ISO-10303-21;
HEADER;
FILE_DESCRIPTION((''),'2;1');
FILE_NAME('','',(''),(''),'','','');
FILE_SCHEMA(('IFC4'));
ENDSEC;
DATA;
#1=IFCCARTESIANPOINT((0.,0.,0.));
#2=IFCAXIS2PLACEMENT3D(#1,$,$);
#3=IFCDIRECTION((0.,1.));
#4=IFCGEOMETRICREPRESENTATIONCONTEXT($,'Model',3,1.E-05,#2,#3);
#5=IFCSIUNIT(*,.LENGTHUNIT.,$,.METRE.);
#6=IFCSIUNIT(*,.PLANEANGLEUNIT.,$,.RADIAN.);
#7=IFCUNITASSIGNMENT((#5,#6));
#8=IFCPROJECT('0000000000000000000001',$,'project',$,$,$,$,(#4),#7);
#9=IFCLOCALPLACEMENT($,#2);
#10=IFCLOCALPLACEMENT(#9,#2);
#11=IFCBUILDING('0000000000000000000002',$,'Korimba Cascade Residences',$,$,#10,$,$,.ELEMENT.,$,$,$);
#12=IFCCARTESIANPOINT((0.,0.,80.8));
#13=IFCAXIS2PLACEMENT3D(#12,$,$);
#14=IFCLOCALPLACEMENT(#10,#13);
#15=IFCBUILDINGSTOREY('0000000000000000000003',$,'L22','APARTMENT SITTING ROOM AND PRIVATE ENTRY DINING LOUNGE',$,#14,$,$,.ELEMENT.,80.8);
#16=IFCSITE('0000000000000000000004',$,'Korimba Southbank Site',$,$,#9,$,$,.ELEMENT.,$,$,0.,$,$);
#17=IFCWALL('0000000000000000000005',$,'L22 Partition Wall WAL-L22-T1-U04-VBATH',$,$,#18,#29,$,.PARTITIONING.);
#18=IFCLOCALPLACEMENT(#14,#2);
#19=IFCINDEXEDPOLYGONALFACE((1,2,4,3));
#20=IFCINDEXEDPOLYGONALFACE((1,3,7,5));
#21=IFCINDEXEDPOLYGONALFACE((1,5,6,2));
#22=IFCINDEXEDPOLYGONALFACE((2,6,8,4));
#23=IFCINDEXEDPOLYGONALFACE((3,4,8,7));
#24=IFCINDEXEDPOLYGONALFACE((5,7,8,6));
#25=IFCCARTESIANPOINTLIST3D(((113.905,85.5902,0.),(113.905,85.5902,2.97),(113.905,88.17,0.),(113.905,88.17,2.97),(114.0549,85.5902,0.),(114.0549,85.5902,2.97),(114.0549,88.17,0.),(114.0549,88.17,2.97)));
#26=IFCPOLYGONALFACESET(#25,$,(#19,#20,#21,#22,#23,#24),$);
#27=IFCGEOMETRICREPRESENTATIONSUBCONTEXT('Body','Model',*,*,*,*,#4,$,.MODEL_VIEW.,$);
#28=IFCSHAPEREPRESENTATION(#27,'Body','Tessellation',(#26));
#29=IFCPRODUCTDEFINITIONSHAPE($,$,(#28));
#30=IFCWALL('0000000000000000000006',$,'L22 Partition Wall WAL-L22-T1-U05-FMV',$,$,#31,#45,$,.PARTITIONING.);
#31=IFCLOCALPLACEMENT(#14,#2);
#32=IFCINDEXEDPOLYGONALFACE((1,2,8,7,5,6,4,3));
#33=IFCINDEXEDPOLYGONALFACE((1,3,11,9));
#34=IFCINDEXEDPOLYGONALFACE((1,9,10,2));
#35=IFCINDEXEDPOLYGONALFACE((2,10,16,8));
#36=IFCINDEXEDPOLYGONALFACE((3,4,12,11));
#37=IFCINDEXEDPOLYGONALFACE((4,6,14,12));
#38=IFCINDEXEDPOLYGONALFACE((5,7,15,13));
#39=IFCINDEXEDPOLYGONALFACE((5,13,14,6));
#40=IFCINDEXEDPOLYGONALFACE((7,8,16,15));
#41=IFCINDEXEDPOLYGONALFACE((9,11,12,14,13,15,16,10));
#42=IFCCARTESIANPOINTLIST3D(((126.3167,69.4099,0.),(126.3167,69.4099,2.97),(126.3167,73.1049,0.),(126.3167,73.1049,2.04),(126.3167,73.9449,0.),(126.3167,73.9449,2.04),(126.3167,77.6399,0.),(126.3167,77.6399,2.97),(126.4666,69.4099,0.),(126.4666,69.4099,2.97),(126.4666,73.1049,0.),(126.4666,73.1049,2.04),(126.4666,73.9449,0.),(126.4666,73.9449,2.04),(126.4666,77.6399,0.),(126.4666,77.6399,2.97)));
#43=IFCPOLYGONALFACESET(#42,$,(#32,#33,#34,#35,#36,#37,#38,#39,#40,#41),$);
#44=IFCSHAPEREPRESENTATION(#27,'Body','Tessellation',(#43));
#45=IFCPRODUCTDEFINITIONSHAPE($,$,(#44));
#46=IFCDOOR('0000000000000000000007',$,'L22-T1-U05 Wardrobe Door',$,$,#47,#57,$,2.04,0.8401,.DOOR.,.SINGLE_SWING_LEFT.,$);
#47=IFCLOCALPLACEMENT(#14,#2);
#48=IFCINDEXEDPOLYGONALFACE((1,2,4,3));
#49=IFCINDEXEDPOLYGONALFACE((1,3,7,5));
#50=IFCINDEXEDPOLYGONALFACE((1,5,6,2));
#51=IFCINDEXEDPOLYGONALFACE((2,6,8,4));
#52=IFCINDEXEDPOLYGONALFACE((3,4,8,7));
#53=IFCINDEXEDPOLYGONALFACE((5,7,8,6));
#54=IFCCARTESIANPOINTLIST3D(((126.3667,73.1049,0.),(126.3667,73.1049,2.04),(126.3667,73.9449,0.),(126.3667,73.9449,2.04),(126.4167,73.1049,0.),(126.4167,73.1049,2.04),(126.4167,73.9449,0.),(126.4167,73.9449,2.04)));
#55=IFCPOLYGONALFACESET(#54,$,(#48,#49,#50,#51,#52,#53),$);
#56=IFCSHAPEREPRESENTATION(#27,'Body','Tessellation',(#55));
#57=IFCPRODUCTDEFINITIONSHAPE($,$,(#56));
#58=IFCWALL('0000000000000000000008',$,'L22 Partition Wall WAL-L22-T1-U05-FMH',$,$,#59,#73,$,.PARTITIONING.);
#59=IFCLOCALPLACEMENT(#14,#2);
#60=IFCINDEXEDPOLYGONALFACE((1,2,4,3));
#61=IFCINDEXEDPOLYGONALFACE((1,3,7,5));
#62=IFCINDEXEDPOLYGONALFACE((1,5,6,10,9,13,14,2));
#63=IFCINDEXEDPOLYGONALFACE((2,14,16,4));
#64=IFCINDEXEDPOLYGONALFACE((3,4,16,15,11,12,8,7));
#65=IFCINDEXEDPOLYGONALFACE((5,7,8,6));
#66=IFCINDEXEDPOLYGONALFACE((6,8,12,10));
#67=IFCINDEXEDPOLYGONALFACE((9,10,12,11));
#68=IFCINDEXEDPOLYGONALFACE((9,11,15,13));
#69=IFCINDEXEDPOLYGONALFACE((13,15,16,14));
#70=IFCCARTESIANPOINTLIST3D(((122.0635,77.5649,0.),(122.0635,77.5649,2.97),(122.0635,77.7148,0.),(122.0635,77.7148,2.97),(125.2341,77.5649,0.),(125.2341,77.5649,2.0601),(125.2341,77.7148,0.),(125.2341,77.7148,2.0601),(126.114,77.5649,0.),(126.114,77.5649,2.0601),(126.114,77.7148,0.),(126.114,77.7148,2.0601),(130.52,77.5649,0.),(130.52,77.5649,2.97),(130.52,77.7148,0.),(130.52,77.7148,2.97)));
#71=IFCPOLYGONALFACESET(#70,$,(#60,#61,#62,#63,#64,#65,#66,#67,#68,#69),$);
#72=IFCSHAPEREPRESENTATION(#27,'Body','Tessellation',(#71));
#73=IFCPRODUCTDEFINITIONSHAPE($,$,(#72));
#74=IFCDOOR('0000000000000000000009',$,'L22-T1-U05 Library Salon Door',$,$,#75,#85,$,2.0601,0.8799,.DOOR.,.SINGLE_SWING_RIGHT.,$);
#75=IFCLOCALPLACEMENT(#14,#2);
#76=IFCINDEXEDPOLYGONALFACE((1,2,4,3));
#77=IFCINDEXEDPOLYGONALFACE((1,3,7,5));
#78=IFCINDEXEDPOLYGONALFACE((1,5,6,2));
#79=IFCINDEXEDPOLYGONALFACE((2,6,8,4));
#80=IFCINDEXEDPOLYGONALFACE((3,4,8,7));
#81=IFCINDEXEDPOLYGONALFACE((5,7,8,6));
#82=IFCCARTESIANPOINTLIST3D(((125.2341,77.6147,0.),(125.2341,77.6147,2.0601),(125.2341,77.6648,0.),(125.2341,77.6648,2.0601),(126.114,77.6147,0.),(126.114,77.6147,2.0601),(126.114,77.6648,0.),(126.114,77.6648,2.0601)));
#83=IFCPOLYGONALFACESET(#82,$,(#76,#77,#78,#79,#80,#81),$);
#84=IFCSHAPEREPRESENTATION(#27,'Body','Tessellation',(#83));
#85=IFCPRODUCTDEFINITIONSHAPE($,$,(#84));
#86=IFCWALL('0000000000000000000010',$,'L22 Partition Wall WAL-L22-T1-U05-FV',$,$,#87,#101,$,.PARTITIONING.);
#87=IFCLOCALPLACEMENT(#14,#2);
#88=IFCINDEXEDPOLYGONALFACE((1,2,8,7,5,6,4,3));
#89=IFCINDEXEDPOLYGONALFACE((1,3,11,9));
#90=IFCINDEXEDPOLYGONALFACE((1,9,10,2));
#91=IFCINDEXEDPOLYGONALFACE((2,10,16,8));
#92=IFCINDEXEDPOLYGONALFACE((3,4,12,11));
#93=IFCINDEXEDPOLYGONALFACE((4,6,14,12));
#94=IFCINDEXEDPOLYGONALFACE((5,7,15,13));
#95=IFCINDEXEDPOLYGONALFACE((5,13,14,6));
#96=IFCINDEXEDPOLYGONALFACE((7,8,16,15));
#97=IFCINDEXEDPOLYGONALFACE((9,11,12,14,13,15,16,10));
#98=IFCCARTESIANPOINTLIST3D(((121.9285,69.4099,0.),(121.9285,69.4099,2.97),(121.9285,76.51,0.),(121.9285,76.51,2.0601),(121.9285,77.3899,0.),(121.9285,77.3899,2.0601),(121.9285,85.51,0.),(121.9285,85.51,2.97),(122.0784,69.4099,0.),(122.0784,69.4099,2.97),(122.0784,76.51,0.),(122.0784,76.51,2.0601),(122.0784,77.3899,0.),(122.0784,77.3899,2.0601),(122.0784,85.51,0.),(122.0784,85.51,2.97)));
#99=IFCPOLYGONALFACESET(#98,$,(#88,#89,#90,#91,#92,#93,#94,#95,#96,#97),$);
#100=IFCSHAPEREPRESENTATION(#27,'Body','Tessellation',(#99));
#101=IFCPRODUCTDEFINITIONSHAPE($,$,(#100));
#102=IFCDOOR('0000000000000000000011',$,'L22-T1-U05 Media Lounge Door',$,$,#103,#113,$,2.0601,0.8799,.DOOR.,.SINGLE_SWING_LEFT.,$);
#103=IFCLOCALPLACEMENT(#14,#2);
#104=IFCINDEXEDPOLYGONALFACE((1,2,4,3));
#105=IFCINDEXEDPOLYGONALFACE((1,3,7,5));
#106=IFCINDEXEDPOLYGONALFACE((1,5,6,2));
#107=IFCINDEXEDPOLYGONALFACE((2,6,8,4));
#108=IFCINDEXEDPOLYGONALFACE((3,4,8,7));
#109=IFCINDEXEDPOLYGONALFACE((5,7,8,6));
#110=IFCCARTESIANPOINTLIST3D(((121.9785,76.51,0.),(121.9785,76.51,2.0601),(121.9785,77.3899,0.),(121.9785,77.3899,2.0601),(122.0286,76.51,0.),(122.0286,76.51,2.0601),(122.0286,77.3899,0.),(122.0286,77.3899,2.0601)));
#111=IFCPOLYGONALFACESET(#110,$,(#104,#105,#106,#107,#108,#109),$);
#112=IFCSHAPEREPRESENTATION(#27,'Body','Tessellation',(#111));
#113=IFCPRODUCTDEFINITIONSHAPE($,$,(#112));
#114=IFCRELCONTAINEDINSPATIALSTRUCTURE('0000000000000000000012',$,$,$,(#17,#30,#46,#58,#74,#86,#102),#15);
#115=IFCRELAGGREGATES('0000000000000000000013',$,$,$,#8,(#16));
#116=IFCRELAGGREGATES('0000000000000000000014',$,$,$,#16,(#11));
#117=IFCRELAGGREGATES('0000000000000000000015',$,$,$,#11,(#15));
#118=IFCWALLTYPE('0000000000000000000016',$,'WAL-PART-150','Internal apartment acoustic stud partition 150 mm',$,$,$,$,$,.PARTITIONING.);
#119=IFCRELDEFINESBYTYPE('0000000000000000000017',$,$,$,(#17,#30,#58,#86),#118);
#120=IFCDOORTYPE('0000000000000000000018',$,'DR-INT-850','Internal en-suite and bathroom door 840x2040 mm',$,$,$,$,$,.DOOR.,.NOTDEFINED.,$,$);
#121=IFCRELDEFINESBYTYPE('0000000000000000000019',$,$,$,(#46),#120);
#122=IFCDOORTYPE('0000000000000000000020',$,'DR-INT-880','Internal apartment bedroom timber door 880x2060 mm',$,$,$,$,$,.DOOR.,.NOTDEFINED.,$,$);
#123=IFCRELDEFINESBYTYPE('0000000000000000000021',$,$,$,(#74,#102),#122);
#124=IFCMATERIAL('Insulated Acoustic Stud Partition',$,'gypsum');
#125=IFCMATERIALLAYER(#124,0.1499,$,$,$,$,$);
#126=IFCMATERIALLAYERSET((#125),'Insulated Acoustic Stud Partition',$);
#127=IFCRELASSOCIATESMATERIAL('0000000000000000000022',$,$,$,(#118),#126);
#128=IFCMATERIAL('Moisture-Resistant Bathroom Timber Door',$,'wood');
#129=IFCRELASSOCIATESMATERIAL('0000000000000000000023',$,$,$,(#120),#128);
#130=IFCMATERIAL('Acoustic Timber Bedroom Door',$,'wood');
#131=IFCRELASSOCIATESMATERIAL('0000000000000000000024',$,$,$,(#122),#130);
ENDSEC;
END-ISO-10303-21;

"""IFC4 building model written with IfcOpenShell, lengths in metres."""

from ifc_helpers import new_model, si_unit, direction, frame, frame_2d, origin, place, context, subcontext, project, spatial, rectangle, extrude, material, layer, layer_set, type_object, element, fill, save


model = new_model("IFC4")

# Units and contexts
model_context = context("Model", 3, precision=1e-05, world=origin(), true_north=direction((0.0, 1.0)))
body_context = subcontext(model_context, "Body", "Model", "MODEL_VIEW")
ifc_project = project(units=[si_unit("LENGTHUNIT", "METRE"), si_unit("PLANEANGLEUNIT", "RADIAN")], contexts=[model_context])

# Site, building, storey
site_placement = place(None, origin())
site = spatial("IfcSite", under=ifc_project, at=site_placement, Name="Korimba Southbank Site", CompositionType="ELEMENT", RefElevation=0.0)
building_placement = place(site_placement, origin())
building = spatial("IfcBuilding", under=site, at=building_placement, Name="Korimba Cascade Residences", CompositionType="ELEMENT")
storey_placement = place(building_placement, frame((0.0, 0.0, 80.8)))
storey = spatial("IfcBuildingStorey", under=building, at=storey_placement, Name="L22", Description="APARTMENT SITTING ROOM AND PRIVATE ENTRY DINING LOUNGE", CompositionType="ELEMENT", Elevation=80.8)

# Wall
ifc_material_1 = material(Name="Insulated Acoustic Stud Partition", Category="gypsum")
ifc_layer_1 = layer(ifc_material_1, 0.1499)
ifc_layer_set_1 = layer_set([ifc_layer_1], Name="Insulated Acoustic Stud Partition")
wall_type_1 = type_object("IfcWallType", Name="WAL-PART-150", Description="Internal apartment acoustic stud partition 150 mm", PredefinedType="PARTITIONING", material=ifc_layer_set_1)
wall_1_placement = place(storey_placement, frame((113.98, 85.5901, 0.0), z_axis=(0.0, 0.0, 1.0), x_axis=(0.0, 1.0, 0.0)))
element("IfcWall", 1, at=wall_1_placement, inside=storey, type_object=wall_type_1, Name="L22 Partition Wall WAL-L22-T1-U04-VBATH", PredefinedType="PARTITIONING", context=body_context, shape_type="SweptSolid", body=[
    extrude(rectangle(XDim=2.5798, YDim=0.1499, at=frame_2d((1.29, 0.0))), origin(), (0.0, 0.0, 1.0), 2.97),
])

# Walls, openings, doors
wall_2_placement = place(storey_placement, frame((126.3916, 69.4099, 0.0), z_axis=(0.0, 0.0, 1.0), x_axis=(0.0, 1.0, 0.0)))
wall_2 = element("IfcWall", 2, at=wall_2_placement, inside=storey, type_object=wall_type_1, Name="L22 Partition Wall WAL-L22-T1-U05-FMV", PredefinedType="PARTITIONING", context=body_context, shape_type="SweptSolid", body=[
    extrude(rectangle(XDim=8.23, YDim=0.1499, at=frame_2d((4.115, 0.0))), origin(), (0.0, 0.0, 1.0), 2.97),
])
opening_1_placement = place(wall_2_placement, frame((3.6951, 0.0, 0.0)))
opening_1 = element("IfcOpeningElement", 3, at=opening_1_placement, cuts=wall_2, PredefinedType="OPENING", context=body_context, shape_type="SweptSolid", body=[
    extrude(rectangle(XDim=0.8401, YDim=2.04, at=frame_2d((0.4199, 1.02))), frame((0.0, 0.085, 0.0), z_axis=(0.0, -1.0, 0.0), x_axis=(1.0, 0.0, 0.0)), (0.0, 0.0, 1.0), 0.1699),
])
ifc_material_2 = material(Name="Moisture-Resistant Bathroom Timber Door", Category="wood")
door_type_1 = type_object("IfcDoorType", Name="DR-INT-850", Description="Internal en-suite and bathroom door 840x2040 mm", OperationType="NOTDEFINED", PredefinedType="DOOR", material=ifc_material_2)
door_1_placement = place(opening_1_placement, origin())
door_1 = element("IfcDoor", 4, at=door_1_placement, inside=storey, type_object=door_type_1, Name="L22-T1-U05 Wardrobe Door", OperationType="SINGLE_SWING_LEFT", OverallHeight=2.04, OverallWidth=0.8401, PredefinedType="DOOR", context=body_context, shape_type="SweptSolid", body=[
    extrude(rectangle(XDim=0.8401, YDim=2.04, at=frame_2d((0.4199, 1.02))), frame((0.0, 0.0249, 0.0), z_axis=(0.0, -1.0, 0.0), x_axis=(1.0, 0.0, 0.0)), (0.0, 0.0, 1.0), 0.05),
])
fill(opening_1, door_1)
wall_3_placement = place(storey_placement, frame((122.0635, 77.6399, 0.0), z_axis=(0.0, 0.0, 1.0), x_axis=(1.0, 0.0, 0.0)))
wall_3 = element("IfcWall", 5, at=wall_3_placement, inside=storey, type_object=wall_type_1, Name="L22 Partition Wall WAL-L22-T1-U05-FMH", PredefinedType="PARTITIONING", context=body_context, shape_type="SweptSolid", body=[
    extrude(rectangle(XDim=8.4565, YDim=0.1499, at=frame_2d((4.2283, 0.0))), origin(), (0.0, 0.0, 1.0), 2.97),
])
opening_2_placement = place(wall_3_placement, frame((3.1707, 0.0, 0.0)))
opening_2 = element("IfcOpeningElement", 6, at=opening_2_placement, cuts=wall_3, PredefinedType="OPENING", context=body_context, shape_type="SweptSolid", body=[
    extrude(rectangle(XDim=0.8799, YDim=2.0601, at=frame_2d((0.4399, 1.03))), frame((0.0, 0.085, 0.0), z_axis=(0.0, -1.0, 0.0), x_axis=(1.0, 0.0, 0.0)), (0.0, 0.0, 1.0), 0.1699),
])
ifc_material_3 = material(Name="Acoustic Timber Bedroom Door", Category="wood")
door_type_2 = type_object("IfcDoorType", Name="DR-INT-880", Description="Internal apartment bedroom timber door 880x2060 mm", OperationType="NOTDEFINED", PredefinedType="DOOR", material=ifc_material_3)
door_2_placement = place(opening_2_placement, origin())
door_2 = element("IfcDoor", 7, at=door_2_placement, inside=storey, type_object=door_type_2, Name="L22-T1-U05 Library Salon Door", OperationType="SINGLE_SWING_RIGHT", OverallHeight=2.0601, OverallWidth=0.8799, PredefinedType="DOOR", context=body_context, shape_type="SweptSolid", body=[
    extrude(rectangle(XDim=0.8799, YDim=2.0601, at=frame_2d((0.4399, 1.03))), frame((0.0, 0.0249, 0.0), z_axis=(0.0, -1.0, 0.0), x_axis=(1.0, 0.0, 0.0)), (0.0, 0.0, 1.0), 0.05),
])
fill(opening_2, door_2)
wall_4_placement = place(storey_placement, frame((122.0034, 69.4099, 0.0), z_axis=(0.0, 0.0, 1.0), x_axis=(0.0, 1.0, 0.0)))
wall_4 = element("IfcWall", 8, at=wall_4_placement, inside=storey, type_object=wall_type_1, Name="L22 Partition Wall WAL-L22-T1-U05-FV", PredefinedType="PARTITIONING", context=body_context, shape_type="SweptSolid", body=[
    extrude(rectangle(XDim=16.1001, YDim=0.1499, at=frame_2d((8.05, 0.0))), origin(), (0.0, 0.0, 1.0), 2.97),
])
opening_3_placement = place(wall_4_placement, frame((7.1001, 0.0, 0.0)))
opening_3 = element("IfcOpeningElement", 9, at=opening_3_placement, cuts=wall_4, PredefinedType="OPENING", context=body_context, shape_type="SweptSolid", body=[
    extrude(rectangle(XDim=0.8799, YDim=2.0601, at=frame_2d((0.4399, 1.03))), frame((0.0, 0.085, 0.0), z_axis=(0.0, -1.0, 0.0), x_axis=(1.0, 0.0, 0.0)), (0.0, 0.0, 1.0), 0.1699),
])
door_3_placement = place(opening_3_placement, origin())
door_3 = element("IfcDoor", 10, at=door_3_placement, inside=storey, type_object=door_type_2, Name="L22-T1-U05 Media Lounge Door", OperationType="SINGLE_SWING_LEFT", OverallHeight=2.0601, OverallWidth=0.8799, PredefinedType="DOOR", context=body_context, shape_type="SweptSolid", body=[
    extrude(rectangle(XDim=0.8799, YDim=2.0601, at=frame_2d((0.4399, 1.03))), frame((0.0, 0.0249, 0.0), z_axis=(0.0, -1.0, 0.0), x_axis=(1.0, 0.0, 0.0)), (0.0, 0.0, 1.0), 0.05),
])
fill(opening_3, door_3)

save(model, "model.ifc")
